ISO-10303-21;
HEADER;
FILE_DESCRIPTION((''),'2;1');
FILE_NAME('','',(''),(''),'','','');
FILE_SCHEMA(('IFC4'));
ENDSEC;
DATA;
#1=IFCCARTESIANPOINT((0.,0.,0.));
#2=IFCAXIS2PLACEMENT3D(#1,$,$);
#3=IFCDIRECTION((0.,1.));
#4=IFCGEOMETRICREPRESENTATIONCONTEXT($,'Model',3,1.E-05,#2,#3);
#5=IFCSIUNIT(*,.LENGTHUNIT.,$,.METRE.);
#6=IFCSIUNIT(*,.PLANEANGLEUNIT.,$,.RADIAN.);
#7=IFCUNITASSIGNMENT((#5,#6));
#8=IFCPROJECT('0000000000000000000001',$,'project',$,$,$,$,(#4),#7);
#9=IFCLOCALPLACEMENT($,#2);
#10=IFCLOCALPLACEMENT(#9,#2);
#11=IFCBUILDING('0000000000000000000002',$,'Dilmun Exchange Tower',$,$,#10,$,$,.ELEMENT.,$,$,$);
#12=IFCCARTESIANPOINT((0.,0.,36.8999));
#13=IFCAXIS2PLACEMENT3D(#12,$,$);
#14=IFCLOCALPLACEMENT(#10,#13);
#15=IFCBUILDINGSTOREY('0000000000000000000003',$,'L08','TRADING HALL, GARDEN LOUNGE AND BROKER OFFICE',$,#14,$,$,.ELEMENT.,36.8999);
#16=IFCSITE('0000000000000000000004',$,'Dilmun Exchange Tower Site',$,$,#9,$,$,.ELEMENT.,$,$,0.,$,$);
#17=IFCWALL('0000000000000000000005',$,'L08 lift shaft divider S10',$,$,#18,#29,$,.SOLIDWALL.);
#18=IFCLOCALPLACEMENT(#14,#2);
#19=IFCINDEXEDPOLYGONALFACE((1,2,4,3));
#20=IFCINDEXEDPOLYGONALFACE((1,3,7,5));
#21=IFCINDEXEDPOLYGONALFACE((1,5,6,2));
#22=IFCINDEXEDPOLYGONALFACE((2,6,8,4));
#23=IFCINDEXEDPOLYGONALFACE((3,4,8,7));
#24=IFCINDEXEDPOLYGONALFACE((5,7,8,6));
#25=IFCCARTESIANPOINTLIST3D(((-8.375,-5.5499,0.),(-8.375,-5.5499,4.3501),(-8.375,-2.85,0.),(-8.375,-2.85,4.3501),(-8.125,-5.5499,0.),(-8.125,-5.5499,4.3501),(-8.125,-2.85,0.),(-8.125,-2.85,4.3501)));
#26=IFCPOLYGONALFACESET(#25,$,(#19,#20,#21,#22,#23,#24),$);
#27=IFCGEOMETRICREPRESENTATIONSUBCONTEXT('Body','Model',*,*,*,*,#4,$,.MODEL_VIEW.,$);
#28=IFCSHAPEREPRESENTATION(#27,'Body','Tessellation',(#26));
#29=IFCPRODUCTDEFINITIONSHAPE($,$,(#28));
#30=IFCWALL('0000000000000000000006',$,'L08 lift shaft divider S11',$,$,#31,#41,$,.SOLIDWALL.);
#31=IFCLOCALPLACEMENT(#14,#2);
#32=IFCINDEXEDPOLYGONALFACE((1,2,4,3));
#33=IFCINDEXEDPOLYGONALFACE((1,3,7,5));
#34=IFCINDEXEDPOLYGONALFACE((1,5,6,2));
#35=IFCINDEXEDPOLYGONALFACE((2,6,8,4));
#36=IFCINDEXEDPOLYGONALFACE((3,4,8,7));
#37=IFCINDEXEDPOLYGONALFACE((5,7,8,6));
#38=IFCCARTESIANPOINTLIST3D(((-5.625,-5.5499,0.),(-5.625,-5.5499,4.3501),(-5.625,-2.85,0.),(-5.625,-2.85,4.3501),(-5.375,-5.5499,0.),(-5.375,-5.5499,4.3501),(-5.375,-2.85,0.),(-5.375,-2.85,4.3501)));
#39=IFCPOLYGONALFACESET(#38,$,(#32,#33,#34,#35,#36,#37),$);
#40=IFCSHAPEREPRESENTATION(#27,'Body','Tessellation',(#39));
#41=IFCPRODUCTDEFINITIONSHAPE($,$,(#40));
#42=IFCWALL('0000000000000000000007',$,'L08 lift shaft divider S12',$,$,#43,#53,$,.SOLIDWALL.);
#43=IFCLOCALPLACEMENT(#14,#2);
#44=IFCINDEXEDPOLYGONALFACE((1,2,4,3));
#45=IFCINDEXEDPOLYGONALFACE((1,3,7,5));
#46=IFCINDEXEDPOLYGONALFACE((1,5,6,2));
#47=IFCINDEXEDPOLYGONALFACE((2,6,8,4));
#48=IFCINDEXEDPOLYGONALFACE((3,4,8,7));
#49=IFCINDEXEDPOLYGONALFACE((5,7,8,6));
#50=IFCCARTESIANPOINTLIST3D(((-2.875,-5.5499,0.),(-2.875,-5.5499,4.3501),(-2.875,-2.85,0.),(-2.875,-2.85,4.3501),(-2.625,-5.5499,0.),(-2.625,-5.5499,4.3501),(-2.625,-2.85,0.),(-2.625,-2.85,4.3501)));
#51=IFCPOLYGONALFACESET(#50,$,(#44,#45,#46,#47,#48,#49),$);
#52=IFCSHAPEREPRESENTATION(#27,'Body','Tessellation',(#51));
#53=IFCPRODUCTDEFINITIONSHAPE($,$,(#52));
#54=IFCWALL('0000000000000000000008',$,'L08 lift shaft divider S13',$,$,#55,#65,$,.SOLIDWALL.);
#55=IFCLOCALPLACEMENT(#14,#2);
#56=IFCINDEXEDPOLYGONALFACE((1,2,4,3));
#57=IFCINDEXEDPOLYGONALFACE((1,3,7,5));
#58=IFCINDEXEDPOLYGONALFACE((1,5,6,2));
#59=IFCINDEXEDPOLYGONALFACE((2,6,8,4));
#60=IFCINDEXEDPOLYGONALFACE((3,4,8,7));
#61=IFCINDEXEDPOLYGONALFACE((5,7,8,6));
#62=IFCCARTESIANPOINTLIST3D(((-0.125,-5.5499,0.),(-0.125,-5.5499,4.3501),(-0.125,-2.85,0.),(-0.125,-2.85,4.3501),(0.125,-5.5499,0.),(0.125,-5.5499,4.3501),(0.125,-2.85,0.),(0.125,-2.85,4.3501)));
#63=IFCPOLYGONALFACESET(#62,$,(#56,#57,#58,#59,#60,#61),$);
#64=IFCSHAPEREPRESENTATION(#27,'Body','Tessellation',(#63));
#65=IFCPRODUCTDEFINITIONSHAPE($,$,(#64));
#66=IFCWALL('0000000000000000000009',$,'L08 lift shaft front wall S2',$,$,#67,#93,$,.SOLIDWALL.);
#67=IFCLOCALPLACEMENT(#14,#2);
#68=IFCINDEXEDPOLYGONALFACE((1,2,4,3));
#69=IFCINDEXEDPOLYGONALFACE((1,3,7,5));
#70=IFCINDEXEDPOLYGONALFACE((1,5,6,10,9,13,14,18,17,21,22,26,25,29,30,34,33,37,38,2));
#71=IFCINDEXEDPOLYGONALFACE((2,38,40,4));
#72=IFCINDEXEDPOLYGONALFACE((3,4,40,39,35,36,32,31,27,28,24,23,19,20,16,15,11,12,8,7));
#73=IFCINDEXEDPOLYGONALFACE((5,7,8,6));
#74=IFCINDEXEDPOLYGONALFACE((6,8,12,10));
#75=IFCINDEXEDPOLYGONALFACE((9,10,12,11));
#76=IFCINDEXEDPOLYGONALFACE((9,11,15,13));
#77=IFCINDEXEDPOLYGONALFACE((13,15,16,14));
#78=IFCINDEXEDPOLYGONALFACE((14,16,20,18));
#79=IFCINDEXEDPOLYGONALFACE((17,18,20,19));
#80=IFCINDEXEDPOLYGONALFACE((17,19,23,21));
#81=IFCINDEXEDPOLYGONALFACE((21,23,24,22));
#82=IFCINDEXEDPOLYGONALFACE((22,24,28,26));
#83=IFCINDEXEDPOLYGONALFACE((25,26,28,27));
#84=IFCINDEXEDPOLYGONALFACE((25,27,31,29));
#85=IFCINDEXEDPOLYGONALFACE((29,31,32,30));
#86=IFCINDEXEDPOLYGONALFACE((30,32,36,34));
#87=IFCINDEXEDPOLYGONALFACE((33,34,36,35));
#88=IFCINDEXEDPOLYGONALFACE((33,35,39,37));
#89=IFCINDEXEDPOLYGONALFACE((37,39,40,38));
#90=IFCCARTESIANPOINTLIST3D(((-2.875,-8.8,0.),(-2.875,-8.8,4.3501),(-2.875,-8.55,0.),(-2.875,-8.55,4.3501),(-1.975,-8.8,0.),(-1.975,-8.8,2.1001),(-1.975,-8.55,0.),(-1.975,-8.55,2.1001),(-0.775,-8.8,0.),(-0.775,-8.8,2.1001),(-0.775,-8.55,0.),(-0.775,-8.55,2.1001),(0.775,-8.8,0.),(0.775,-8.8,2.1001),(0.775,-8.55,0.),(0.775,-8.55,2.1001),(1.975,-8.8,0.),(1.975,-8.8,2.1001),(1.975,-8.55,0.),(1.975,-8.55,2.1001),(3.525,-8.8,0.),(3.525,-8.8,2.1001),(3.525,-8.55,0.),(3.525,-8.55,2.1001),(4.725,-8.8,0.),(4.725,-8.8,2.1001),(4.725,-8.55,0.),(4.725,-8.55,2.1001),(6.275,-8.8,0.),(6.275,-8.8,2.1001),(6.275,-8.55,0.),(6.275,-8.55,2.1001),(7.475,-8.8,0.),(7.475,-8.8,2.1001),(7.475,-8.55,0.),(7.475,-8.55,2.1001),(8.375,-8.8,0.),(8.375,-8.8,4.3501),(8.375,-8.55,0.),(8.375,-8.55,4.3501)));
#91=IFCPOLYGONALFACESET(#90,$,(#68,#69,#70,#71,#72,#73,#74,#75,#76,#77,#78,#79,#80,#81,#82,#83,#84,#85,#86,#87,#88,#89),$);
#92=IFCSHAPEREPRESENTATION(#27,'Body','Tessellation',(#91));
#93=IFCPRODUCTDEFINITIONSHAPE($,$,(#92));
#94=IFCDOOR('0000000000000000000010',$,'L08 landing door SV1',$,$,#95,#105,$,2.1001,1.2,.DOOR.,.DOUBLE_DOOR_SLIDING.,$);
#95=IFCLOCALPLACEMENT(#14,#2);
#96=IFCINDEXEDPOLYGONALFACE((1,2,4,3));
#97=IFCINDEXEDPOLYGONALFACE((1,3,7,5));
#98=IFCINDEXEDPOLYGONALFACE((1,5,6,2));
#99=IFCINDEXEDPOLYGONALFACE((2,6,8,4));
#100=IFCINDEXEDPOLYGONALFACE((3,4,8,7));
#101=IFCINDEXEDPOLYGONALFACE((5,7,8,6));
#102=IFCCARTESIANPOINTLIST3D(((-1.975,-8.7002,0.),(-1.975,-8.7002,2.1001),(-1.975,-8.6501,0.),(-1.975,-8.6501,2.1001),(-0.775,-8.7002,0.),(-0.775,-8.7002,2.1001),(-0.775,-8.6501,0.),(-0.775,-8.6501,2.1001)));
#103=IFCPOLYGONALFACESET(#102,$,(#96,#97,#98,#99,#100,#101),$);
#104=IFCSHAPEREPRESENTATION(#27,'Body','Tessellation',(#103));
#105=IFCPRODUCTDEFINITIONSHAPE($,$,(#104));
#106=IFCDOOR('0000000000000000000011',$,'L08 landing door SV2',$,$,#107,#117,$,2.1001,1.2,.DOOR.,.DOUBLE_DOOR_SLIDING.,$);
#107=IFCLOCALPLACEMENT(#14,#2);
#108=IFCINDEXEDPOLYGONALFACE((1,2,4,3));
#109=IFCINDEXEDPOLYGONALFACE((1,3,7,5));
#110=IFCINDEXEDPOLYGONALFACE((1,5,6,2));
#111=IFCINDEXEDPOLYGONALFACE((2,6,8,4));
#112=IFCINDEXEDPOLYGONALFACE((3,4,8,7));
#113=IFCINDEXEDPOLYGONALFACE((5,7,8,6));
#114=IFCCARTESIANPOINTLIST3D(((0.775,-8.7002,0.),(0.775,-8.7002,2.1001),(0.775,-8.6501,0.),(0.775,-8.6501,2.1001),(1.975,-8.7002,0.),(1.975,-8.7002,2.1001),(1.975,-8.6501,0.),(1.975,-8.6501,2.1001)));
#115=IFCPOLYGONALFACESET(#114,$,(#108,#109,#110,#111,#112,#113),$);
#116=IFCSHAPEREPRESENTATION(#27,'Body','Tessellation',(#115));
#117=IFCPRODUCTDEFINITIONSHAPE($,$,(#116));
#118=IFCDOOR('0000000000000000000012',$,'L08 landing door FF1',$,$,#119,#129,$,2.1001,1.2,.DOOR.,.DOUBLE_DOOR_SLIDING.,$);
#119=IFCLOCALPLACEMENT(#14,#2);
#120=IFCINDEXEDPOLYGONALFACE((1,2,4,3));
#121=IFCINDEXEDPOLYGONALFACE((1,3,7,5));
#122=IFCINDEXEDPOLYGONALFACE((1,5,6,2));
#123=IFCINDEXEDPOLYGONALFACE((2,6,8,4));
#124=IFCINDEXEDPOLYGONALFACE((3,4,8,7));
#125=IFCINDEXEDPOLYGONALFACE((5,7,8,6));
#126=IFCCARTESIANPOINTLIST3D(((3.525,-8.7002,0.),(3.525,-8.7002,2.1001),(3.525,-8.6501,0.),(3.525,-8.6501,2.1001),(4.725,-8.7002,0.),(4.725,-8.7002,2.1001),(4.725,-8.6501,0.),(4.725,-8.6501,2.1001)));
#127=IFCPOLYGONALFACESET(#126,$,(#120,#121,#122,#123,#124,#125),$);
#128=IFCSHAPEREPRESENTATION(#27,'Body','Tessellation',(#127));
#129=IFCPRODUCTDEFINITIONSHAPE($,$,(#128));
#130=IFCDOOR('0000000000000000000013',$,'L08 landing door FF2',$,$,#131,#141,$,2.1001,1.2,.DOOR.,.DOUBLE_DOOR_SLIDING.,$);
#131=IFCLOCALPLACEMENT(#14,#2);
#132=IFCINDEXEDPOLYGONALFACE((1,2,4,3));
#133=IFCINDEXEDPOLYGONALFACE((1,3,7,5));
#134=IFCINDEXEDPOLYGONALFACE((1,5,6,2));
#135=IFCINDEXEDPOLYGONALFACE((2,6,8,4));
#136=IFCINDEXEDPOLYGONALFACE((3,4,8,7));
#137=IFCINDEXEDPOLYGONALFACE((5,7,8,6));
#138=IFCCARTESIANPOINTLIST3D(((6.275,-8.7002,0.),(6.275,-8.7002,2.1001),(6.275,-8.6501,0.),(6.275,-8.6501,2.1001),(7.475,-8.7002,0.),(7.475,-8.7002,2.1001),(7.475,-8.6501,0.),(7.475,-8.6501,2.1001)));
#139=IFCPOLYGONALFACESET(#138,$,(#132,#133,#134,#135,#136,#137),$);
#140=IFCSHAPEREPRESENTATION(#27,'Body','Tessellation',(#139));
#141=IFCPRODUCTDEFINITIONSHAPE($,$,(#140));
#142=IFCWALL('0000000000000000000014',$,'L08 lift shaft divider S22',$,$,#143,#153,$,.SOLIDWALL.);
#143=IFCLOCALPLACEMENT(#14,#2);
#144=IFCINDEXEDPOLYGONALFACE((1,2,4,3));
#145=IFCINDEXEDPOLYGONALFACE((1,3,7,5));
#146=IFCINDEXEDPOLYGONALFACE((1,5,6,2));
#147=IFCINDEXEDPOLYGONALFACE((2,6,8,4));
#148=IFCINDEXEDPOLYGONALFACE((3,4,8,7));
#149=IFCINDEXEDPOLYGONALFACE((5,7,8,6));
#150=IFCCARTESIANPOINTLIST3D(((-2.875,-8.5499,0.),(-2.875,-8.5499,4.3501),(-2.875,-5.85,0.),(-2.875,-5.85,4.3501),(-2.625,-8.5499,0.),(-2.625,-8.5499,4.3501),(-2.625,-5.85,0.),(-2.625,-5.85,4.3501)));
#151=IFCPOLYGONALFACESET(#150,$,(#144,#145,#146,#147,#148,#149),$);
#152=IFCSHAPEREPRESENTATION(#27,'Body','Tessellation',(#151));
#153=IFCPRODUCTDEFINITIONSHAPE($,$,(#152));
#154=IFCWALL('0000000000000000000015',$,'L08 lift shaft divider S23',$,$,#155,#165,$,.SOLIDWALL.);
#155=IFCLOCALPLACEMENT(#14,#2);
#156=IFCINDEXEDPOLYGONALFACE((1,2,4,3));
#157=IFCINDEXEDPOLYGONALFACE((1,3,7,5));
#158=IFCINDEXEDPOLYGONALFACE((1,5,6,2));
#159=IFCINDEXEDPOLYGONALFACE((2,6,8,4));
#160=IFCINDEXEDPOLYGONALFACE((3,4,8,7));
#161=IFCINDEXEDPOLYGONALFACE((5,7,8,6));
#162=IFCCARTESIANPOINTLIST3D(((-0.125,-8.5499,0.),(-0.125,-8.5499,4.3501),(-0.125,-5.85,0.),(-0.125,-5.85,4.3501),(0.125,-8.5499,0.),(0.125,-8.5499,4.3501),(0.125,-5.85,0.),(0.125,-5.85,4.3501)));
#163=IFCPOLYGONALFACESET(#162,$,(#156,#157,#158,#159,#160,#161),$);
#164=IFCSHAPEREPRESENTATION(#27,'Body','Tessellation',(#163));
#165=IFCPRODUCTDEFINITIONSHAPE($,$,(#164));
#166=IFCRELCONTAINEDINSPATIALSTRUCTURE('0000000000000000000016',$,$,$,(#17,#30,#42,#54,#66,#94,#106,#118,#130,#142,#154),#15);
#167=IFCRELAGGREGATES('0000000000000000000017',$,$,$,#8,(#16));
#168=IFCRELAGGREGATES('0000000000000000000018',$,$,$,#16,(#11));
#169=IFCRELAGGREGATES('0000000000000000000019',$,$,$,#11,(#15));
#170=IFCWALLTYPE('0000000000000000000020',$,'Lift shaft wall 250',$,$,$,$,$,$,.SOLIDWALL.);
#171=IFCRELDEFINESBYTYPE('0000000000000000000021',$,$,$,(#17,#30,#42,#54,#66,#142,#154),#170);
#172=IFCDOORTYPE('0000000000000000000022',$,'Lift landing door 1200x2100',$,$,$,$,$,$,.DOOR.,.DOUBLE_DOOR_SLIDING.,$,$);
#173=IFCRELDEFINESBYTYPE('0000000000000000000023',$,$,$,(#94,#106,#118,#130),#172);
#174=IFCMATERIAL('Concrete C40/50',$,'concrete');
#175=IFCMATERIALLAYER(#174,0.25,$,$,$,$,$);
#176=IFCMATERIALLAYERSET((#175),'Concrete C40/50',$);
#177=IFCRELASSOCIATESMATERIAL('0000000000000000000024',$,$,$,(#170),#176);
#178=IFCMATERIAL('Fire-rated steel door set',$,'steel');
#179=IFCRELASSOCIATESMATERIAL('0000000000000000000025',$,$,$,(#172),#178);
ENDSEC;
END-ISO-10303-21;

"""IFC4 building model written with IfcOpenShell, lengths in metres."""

from ifc_helpers import new_model, si_unit, direction, frame, frame_2d, origin, place, context, subcontext, project, spatial, rectangle, extrude, material, layer, layer_set, type_object, element, fill, save


model = new_model("IFC4")

# Units and contexts
model_context = context("Model", 3, precision=1e-05, world=origin(), true_north=direction((0.0, 1.0)))
body_context = subcontext(model_context, "Body", "Model", "MODEL_VIEW")
ifc_project = project(units=[si_unit("LENGTHUNIT", "METRE"), si_unit("PLANEANGLEUNIT", "RADIAN")], contexts=[model_context])

# Site, building, storey
site_placement = place(None, origin())
site = spatial("IfcSite", under=ifc_project, at=site_placement, Name="Dilmun Exchange Tower Site", CompositionType="ELEMENT", RefElevation=0.0)
building_placement = place(site_placement, origin())
building = spatial("IfcBuilding", under=site, at=building_placement, Name="Dilmun Exchange Tower", CompositionType="ELEMENT")
storey_placement = place(building_placement, frame((0.0, 0.0, 36.8999)))
storey = spatial("IfcBuildingStorey", under=building, at=storey_placement, Name="L08", Description="TRADING HALL, GARDEN LOUNGE AND BROKER OFFICE", CompositionType="ELEMENT", Elevation=36.8999)

# Shared definitions
ifc_material_1 = material(Name="Concrete C40/50", Category="concrete")

# Shared definitions
ifc_material_2 = material(Name="Fire-rated steel door set", Category="steel")

# Walls
ifc_layer_1 = layer(ifc_material_1, 0.25)
ifc_layer_set_1 = layer_set([ifc_layer_1], Name="Concrete C40/50")
wall_type_1 = type_object("IfcWallType", Name="Lift shaft wall 250", PredefinedType="SOLIDWALL", material=ifc_layer_set_1)
for number, where, z_axis, x_axis, name in (
    (1, (-8.25, -5.55, 0.0), (0.0, 0.0, 1.0), (0.0, 1.0, 0.0), "L08 lift shaft divider S10"),
    (2, (-5.5, -5.55, 0.0), (0.0, 0.0, 1.0), (0.0, 1.0, 0.0), "L08 lift shaft divider S11"),
    (3, (-2.75, -5.55, 0.0), (0.0, 0.0, 1.0), (0.0, 1.0, 0.0), "L08 lift shaft divider S12"),
    (4, (0.0, -5.55, 0.0), (0.0, 0.0, 1.0), (0.0, 1.0, 0.0), "L08 lift shaft divider S13"),
):
    element("IfcWall", number, at=place(storey_placement, frame(where, z_axis=z_axis, x_axis=x_axis)), inside=storey, type_object=wall_type_1, Name=name, PredefinedType="SOLIDWALL", context=body_context, shape_type="SweptSolid", body=[
        extrude(rectangle(XDim=2.7, YDim=0.25, at=frame_2d((1.3501, 0.0))), origin(), (0.0, 0.0, 1.0), 4.3501),
    ])

# Wall, openings, doors
wall_1_placement = place(storey_placement, frame((-2.875, -8.675, 0.0), z_axis=(0.0, 0.0, 1.0), x_axis=(1.0, 0.0, 0.0)))
wall_1 = element("IfcWall", 5, at=wall_1_placement, inside=storey, type_object=wall_type_1, Name="L08 lift shaft front wall S2", PredefinedType="SOLIDWALL", context=body_context, shape_type="SweptSolid", body=[
    extrude(rectangle(XDim=11.25, YDim=0.25, at=frame_2d((5.625, 0.0))), origin(), (0.0, 0.0, 1.0), 4.3501),
])
opening_1_placement = place(wall_1_placement, frame((0.8999, 0.0, 0.0)))
opening_1 = element("IfcOpeningElement", 6, at=opening_1_placement, cuts=wall_1, PredefinedType="OPENING", context=body_context, shape_type="SweptSolid", body=[
    extrude(rectangle(XDim=1.2, YDim=2.1001, at=frame_2d((0.6001, 1.05))), frame((0.0, 0.135, 0.0), z_axis=(0.0, -1.0, 0.0), x_axis=(1.0, 0.0, 0.0)), (0.0, 0.0, 1.0), 0.27),
])
opening_2_placement = place(wall_1_placement, frame((3.6499, 0.0, 0.0)))
opening_2 = element("IfcOpeningElement", 7, at=opening_2_placement, cuts=wall_1, PredefinedType="OPENING", context=body_context, shape_type="SweptSolid", body=[
    extrude(rectangle(XDim=1.2, YDim=2.1001, at=frame_2d((0.6001, 1.05))), frame((0.0, 0.135, 0.0), z_axis=(0.0, -1.0, 0.0), x_axis=(1.0, 0.0, 0.0)), (0.0, 0.0, 1.0), 0.27),
])
opening_3_placement = place(wall_1_placement, frame((6.3999, 0.0, 0.0)))
opening_3 = element("IfcOpeningElement", 8, at=opening_3_placement, cuts=wall_1, PredefinedType="OPENING", context=body_context, shape_type="SweptSolid", body=[
    extrude(rectangle(XDim=1.2, YDim=2.1001, at=frame_2d((0.6001, 1.05))), frame((0.0, 0.135, 0.0), z_axis=(0.0, -1.0, 0.0), x_axis=(1.0, 0.0, 0.0)), (0.0, 0.0, 1.0), 0.27),
])
opening_4_placement = place(wall_1_placement, frame((9.1499, 0.0, 0.0)))
opening_4 = element("IfcOpeningElement", 9, at=opening_4_placement, cuts=wall_1, PredefinedType="OPENING", context=body_context, shape_type="SweptSolid", body=[
    extrude(rectangle(XDim=1.2, YDim=2.1001, at=frame_2d((0.6001, 1.05))), frame((0.0, 0.135, 0.0), z_axis=(0.0, -1.0, 0.0), x_axis=(1.0, 0.0, 0.0)), (0.0, 0.0, 1.0), 0.27),
])
door_type_1 = type_object("IfcDoorType", Name="Lift landing door 1200x2100", OperationType="DOUBLE_DOOR_SLIDING", PredefinedType="DOOR", material=ifc_material_2)
door_1_placement = place(opening_1_placement, origin())
door_1 = element("IfcDoor", 10, at=door_1_placement, inside=storey, type_object=door_type_1, Name="L08 landing door SV1", OperationType="DOUBLE_DOOR_SLIDING", OverallHeight=2.1001, OverallWidth=1.2, PredefinedType="DOOR", context=body_context, shape_type="SweptSolid", body=[
    extrude(rectangle(XDim=1.2, YDim=2.1001, at=frame_2d((0.6001, 1.05))), frame((0.0, 0.0249, 0.0), z_axis=(0.0, -1.0, 0.0), x_axis=(1.0, 0.0, 0.0)), (0.0, 0.0, 1.0), 0.05),
])
fill(opening_1, door_1)
door_2_placement = place(opening_2_placement, origin())
door_2 = element("IfcDoor", 11, at=door_2_placement, inside=storey, type_object=door_type_1, Name="L08 landing door SV2", OperationType="DOUBLE_DOOR_SLIDING", OverallHeight=2.1001, OverallWidth=1.2, PredefinedType="DOOR", context=body_context, shape_type="SweptSolid", body=[
    extrude(rectangle(XDim=1.2, YDim=2.1001, at=frame_2d((0.6001, 1.05))), frame((0.0, 0.0249, 0.0), z_axis=(0.0, -1.0, 0.0), x_axis=(1.0, 0.0, 0.0)), (0.0, 0.0, 1.0), 0.05),
])
fill(opening_2, door_2)
door_3_placement = place(opening_3_placement, origin())
door_3 = element("IfcDoor", 12, at=door_3_placement, inside=storey, type_object=door_type_1, Name="L08 landing door FF1", OperationType="DOUBLE_DOOR_SLIDING", OverallHeight=2.1001, OverallWidth=1.2, PredefinedType="DOOR", context=body_context, shape_type="SweptSolid", body=[
    extrude(rectangle(XDim=1.2, YDim=2.1001, at=frame_2d((0.6001, 1.05))), frame((0.0, 0.0249, 0.0), z_axis=(0.0, -1.0, 0.0), x_axis=(1.0, 0.0, 0.0)), (0.0, 0.0, 1.0), 0.05),
])
fill(opening_3, door_3)
door_4_placement = place(opening_4_placement, origin())
door_4 = element("IfcDoor", 13, at=door_4_placement, inside=storey, type_object=door_type_1, Name="L08 landing door FF2", OperationType="DOUBLE_DOOR_SLIDING", OverallHeight=2.1001, OverallWidth=1.2, PredefinedType="DOOR", context=body_context, shape_type="SweptSolid", body=[
    extrude(rectangle(XDim=1.2, YDim=2.1001, at=frame_2d((0.6001, 1.05))), frame((0.0, 0.0249, 0.0), z_axis=(0.0, -1.0, 0.0), x_axis=(1.0, 0.0, 0.0)), (0.0, 0.0, 1.0), 0.05),
])
fill(opening_4, door_4)

# Walls
for number, where, z_axis, x_axis, name in (
    (14, (-2.75, -8.55, 0.0), (0.0, 0.0, 1.0), (0.0, 1.0, 0.0), "L08 lift shaft divider S22"),
    (15, (0.0, -8.55, 0.0), (0.0, 0.0, 1.0), (0.0, 1.0, 0.0), "L08 lift shaft divider S23"),
):
    element("IfcWall", number, at=place(storey_placement, frame(where, z_axis=z_axis, x_axis=x_axis)), inside=storey, type_object=wall_type_1, Name=name, PredefinedType="SOLIDWALL", context=body_context, shape_type="SweptSolid", body=[
        extrude(rectangle(XDim=2.7, YDim=0.25, at=frame_2d((1.3501, 0.0))), origin(), (0.0, 0.0, 1.0), 4.3501),
    ])

save(model, "model.ifc")
